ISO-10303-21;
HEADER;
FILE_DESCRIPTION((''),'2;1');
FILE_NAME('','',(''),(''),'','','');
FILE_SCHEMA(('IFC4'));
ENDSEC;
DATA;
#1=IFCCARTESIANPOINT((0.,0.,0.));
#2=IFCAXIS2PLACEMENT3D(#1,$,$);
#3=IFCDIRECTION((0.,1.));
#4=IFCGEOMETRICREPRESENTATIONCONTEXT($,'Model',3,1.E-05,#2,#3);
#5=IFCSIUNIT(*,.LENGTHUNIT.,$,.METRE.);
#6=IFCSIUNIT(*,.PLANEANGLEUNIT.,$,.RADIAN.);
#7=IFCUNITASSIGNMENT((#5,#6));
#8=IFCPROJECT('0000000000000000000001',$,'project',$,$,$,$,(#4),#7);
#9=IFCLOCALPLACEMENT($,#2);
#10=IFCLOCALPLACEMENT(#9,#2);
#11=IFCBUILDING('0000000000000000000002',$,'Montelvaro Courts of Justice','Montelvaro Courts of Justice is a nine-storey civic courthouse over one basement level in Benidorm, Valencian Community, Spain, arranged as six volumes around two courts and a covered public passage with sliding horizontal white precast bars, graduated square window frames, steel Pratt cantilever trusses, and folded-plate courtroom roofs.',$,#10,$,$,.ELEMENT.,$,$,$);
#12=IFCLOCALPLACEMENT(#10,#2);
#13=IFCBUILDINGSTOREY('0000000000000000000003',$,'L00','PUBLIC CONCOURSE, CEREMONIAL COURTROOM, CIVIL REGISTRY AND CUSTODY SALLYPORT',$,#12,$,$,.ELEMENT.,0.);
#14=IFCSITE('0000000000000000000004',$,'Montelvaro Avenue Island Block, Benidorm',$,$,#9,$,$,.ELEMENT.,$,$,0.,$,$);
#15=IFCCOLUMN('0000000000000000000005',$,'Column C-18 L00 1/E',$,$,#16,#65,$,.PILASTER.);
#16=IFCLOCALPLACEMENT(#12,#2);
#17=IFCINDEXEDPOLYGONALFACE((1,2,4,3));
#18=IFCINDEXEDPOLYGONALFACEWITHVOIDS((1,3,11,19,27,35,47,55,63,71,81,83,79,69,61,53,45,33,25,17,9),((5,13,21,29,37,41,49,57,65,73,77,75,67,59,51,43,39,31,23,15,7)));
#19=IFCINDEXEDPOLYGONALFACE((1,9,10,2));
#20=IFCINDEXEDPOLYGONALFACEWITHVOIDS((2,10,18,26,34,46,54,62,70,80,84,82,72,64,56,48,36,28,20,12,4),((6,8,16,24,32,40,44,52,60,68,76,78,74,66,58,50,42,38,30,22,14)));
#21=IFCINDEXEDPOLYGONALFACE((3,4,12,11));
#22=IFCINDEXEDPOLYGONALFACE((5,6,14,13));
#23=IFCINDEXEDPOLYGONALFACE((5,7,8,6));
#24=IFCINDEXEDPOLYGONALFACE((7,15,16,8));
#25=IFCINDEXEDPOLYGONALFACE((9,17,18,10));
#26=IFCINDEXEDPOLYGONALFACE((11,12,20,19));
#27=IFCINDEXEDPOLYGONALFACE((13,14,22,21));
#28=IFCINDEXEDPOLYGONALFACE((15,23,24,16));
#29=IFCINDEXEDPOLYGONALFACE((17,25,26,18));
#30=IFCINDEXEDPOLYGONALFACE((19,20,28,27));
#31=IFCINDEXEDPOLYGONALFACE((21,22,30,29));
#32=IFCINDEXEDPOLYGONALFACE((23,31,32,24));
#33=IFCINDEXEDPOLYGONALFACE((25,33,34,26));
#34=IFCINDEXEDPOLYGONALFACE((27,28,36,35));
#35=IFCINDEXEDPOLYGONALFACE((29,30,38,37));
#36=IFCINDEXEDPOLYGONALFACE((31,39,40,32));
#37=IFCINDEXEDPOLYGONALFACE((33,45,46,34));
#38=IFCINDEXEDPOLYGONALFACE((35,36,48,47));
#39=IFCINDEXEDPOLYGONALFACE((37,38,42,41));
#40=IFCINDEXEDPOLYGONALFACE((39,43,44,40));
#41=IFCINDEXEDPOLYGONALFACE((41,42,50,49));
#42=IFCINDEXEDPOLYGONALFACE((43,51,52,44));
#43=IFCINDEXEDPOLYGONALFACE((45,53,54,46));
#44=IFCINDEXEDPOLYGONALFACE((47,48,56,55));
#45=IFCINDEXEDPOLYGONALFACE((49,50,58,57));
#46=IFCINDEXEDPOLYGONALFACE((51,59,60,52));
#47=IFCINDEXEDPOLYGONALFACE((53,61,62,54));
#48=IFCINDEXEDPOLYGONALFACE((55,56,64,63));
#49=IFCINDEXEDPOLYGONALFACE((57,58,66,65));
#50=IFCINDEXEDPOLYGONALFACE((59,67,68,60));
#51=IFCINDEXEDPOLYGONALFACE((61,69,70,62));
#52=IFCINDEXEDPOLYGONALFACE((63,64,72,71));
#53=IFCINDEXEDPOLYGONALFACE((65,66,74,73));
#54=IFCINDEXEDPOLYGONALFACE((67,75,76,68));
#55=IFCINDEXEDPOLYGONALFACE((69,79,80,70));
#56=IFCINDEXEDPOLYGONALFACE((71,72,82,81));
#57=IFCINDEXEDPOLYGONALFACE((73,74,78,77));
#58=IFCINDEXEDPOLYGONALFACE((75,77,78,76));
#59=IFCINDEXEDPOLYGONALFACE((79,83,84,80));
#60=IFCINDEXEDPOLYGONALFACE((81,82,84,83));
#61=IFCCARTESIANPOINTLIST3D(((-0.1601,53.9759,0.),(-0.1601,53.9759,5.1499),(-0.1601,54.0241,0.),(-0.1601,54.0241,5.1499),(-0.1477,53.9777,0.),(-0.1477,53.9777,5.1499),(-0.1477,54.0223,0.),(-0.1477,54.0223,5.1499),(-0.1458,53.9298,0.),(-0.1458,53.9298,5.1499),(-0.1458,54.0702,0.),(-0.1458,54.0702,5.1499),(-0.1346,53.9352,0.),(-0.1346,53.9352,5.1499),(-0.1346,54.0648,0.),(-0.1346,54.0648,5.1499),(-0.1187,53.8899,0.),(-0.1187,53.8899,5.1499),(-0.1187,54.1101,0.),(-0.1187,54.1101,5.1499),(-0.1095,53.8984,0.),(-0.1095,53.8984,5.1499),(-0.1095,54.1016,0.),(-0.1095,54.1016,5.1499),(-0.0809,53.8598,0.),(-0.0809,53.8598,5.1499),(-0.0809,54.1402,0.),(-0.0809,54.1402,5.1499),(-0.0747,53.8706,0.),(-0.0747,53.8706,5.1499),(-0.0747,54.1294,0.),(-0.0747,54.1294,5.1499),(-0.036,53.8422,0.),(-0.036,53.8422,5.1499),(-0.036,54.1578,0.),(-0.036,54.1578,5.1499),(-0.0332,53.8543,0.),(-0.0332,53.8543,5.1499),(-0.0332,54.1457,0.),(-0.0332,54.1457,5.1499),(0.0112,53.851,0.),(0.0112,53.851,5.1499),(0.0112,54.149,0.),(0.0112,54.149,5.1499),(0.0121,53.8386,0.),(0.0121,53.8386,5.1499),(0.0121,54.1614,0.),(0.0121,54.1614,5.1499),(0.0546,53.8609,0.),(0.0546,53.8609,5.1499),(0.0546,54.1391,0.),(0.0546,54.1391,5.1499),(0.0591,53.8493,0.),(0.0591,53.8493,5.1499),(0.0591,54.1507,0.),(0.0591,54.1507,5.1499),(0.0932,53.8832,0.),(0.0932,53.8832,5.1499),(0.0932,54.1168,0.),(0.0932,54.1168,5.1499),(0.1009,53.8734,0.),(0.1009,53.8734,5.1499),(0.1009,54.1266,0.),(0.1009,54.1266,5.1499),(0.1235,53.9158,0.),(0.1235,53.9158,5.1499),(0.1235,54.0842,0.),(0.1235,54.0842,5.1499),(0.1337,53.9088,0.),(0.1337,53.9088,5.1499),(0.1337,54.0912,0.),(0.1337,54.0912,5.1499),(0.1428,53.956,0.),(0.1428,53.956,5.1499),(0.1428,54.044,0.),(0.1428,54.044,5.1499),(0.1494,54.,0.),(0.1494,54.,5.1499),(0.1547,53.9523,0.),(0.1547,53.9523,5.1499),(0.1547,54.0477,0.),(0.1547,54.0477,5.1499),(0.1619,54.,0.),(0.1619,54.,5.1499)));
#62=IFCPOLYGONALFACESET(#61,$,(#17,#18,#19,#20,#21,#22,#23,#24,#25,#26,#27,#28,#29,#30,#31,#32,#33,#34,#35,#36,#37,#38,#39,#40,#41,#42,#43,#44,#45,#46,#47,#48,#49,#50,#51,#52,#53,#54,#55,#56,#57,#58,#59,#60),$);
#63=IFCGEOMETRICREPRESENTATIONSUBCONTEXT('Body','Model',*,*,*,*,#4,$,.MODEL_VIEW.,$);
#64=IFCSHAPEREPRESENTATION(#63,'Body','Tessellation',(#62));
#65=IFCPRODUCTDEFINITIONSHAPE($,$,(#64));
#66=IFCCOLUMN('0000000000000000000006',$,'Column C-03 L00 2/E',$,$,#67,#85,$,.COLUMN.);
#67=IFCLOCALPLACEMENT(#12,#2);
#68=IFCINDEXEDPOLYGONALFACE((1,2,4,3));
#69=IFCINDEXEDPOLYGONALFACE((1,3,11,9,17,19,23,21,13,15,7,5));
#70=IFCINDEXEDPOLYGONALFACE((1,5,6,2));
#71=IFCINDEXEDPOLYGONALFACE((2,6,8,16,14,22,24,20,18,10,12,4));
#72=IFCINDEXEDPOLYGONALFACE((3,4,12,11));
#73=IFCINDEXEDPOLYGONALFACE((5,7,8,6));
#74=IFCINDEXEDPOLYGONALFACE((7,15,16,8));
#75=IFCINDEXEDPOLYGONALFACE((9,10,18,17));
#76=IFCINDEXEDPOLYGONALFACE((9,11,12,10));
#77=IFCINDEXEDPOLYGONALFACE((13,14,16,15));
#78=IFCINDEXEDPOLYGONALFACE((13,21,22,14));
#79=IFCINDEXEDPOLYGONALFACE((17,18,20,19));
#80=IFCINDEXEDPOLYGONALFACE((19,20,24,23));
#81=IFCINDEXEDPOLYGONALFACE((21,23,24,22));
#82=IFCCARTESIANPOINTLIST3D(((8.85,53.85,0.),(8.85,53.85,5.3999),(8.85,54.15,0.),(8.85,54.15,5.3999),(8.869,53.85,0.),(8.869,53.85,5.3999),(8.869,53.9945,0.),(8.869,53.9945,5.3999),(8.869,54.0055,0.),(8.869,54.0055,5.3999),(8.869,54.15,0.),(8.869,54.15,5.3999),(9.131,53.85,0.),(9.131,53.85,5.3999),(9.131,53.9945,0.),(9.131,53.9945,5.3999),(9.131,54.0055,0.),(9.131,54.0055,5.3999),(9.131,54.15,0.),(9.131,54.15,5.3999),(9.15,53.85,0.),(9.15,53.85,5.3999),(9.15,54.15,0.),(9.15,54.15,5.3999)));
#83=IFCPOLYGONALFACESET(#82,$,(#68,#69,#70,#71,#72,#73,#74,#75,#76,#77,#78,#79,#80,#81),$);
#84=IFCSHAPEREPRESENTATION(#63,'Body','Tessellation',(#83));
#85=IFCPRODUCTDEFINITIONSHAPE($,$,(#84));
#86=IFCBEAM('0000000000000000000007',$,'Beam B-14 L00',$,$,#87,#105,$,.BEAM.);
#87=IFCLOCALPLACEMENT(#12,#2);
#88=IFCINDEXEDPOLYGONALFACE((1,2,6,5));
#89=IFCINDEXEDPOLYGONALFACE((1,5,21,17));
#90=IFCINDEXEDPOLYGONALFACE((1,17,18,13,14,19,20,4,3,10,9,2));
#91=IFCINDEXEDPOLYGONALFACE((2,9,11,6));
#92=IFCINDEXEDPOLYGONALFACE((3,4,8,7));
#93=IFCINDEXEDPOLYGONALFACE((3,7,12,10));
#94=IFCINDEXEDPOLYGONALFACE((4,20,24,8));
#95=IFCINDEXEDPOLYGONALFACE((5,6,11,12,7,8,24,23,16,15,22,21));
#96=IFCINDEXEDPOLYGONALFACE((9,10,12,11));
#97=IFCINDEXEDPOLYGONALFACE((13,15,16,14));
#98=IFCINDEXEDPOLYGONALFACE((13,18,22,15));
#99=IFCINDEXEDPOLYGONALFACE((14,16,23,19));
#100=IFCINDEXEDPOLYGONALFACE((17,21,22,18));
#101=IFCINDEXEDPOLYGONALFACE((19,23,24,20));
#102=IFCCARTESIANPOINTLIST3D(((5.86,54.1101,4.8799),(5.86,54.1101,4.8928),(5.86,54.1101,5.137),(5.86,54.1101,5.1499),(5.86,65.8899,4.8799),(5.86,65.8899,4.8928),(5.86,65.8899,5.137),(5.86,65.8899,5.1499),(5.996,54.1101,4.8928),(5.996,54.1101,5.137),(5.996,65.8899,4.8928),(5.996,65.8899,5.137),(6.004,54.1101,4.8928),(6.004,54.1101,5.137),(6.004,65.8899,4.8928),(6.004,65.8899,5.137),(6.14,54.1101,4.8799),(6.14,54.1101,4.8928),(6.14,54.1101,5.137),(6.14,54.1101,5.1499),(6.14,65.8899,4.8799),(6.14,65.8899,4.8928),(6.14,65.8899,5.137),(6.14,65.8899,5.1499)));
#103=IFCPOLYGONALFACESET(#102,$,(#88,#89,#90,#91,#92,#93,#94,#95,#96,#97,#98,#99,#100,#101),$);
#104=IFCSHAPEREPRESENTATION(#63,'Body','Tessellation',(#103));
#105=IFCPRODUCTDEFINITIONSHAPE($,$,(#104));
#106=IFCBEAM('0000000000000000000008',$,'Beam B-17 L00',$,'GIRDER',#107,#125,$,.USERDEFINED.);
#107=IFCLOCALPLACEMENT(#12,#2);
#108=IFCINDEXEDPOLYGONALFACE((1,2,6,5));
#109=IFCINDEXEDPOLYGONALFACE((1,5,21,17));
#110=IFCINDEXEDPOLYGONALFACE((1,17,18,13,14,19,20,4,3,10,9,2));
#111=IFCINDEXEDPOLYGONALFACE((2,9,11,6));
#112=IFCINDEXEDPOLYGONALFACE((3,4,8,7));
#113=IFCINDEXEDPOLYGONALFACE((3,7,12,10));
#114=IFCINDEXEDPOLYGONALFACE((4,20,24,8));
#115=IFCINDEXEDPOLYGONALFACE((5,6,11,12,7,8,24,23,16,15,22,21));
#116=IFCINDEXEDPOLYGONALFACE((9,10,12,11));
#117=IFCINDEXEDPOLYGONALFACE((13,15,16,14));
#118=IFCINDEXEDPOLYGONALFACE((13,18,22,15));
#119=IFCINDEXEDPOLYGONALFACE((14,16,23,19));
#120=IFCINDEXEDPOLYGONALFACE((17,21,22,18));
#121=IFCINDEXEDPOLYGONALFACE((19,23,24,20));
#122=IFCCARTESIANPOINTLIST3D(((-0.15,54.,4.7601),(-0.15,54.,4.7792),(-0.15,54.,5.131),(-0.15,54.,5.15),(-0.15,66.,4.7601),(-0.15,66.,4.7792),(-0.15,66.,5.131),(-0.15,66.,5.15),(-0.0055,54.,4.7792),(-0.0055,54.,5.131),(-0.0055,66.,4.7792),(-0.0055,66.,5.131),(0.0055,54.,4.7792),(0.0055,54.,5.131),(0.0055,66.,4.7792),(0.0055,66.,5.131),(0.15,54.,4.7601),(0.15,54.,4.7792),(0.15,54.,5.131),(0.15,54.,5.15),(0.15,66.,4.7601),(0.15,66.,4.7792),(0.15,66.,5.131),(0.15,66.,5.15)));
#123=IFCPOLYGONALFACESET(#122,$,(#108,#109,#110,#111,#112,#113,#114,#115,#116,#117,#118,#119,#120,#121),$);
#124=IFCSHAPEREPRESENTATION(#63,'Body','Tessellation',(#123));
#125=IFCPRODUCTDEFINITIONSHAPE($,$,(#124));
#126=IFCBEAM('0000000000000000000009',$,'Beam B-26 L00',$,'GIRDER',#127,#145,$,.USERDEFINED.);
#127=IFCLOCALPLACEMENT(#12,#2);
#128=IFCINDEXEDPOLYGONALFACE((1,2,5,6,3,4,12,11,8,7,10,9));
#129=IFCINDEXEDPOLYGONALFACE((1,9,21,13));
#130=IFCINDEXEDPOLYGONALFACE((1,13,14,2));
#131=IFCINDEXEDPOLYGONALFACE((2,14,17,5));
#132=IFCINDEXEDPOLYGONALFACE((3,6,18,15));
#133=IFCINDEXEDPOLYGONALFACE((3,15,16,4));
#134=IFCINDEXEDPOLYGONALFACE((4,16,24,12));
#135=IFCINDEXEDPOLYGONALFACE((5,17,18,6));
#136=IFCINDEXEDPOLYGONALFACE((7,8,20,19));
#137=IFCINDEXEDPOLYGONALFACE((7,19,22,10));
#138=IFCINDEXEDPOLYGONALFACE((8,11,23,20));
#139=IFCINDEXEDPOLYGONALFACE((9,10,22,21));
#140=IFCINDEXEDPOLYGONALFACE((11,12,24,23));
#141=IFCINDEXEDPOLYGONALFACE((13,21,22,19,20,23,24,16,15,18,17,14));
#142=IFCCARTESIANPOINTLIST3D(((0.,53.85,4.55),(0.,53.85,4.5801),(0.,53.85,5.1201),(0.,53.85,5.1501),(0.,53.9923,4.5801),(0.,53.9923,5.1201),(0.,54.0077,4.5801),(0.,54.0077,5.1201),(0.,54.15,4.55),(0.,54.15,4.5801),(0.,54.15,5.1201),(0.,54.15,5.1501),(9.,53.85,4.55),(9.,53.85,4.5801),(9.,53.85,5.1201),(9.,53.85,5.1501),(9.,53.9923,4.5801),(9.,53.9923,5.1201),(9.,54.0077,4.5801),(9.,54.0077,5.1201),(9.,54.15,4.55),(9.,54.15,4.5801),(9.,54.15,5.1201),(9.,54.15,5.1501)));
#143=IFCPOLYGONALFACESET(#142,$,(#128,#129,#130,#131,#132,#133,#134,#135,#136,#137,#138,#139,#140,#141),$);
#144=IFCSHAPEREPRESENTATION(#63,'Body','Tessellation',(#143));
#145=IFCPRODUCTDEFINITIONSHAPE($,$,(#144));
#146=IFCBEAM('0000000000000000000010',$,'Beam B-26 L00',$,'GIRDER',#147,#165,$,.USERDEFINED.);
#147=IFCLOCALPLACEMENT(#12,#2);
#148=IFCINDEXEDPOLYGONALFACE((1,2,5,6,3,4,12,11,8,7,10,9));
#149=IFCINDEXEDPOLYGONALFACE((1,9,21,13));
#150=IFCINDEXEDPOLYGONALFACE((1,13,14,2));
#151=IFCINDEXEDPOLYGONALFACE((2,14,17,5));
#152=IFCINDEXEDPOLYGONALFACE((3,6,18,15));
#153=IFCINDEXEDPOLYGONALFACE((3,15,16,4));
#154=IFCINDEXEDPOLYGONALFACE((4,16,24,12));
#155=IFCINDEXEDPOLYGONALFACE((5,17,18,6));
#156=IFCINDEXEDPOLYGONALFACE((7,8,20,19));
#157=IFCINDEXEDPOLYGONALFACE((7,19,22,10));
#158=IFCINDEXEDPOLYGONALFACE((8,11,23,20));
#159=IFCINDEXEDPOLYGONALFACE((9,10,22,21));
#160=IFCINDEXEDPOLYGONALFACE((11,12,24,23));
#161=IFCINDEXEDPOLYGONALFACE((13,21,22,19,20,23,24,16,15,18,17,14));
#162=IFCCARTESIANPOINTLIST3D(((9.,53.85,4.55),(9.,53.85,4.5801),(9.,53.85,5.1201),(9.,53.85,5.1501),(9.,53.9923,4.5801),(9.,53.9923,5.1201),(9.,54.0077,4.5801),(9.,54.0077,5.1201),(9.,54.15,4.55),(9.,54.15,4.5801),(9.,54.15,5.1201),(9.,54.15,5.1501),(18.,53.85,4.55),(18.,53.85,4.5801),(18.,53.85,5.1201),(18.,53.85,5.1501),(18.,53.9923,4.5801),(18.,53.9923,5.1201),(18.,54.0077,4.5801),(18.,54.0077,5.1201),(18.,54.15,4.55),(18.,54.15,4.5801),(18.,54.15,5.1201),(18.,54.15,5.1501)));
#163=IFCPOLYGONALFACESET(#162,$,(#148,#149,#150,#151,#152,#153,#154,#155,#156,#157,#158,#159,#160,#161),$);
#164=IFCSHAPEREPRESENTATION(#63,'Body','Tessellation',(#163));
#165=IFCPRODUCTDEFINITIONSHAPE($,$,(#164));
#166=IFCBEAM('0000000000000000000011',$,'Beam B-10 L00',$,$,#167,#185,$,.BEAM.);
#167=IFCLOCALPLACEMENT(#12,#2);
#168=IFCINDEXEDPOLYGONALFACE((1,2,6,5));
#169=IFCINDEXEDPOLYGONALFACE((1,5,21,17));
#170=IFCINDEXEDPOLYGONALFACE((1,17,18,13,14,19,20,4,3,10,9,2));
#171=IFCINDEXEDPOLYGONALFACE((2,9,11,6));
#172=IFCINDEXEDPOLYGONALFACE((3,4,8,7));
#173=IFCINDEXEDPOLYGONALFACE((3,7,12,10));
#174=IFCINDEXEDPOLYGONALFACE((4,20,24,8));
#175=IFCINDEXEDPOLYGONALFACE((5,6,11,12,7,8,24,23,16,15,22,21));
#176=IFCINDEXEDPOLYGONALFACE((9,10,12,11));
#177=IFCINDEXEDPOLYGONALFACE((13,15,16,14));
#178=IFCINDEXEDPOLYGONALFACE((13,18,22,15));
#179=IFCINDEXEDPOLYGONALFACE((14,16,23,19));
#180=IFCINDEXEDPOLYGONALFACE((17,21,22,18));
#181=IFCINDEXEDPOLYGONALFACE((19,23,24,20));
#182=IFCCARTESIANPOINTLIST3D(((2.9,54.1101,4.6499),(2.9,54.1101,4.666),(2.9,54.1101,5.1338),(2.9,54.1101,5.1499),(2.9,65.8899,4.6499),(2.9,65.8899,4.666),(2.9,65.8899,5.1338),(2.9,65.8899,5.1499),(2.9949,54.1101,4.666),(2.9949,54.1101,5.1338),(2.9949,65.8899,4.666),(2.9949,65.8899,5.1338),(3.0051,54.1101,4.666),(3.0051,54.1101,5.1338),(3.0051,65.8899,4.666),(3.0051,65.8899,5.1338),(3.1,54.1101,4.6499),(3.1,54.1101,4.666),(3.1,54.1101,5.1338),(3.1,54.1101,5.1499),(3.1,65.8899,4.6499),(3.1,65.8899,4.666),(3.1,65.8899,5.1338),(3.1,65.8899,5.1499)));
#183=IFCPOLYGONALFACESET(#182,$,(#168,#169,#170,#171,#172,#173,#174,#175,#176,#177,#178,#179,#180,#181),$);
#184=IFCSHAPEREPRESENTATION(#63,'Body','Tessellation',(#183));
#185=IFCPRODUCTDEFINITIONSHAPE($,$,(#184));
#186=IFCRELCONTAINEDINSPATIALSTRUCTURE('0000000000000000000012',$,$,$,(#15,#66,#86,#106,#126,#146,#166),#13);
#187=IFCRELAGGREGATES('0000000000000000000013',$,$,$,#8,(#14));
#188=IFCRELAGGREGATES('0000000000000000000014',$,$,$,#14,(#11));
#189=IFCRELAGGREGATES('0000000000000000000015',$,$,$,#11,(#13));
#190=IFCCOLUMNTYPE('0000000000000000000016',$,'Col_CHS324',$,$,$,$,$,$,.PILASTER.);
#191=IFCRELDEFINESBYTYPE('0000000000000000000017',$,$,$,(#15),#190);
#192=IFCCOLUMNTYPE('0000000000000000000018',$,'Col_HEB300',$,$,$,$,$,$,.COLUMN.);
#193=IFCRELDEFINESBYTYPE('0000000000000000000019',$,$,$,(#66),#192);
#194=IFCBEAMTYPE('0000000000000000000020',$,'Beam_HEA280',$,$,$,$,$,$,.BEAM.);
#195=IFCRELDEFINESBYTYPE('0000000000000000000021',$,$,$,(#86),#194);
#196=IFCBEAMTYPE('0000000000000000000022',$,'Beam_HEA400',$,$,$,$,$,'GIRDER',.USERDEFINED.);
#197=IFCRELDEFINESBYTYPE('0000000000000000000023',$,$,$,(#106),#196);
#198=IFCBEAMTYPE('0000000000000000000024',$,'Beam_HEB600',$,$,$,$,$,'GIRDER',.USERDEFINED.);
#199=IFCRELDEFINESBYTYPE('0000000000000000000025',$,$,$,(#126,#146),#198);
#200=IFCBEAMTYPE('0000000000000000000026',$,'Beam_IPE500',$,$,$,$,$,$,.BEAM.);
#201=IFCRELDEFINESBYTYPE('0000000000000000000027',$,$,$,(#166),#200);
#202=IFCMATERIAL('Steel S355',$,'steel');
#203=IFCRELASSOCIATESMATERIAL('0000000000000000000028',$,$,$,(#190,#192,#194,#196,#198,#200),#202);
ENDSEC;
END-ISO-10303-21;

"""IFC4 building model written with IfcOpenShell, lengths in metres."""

from ifc_helpers import new_model, si_unit, direction, frame, origin, origin_2d, place, context, subcontext, project, spatial, hollow_circle, i_section, extrude, material, material_profile, profile_set, type_object, element, save


model = new_model("IFC4")

# Units and contexts
model_context = context("Model", 3, precision=1e-05, world=origin(), true_north=direction((0.0, 1.0)))
body_context = subcontext(model_context, "Body", "Model", "MODEL_VIEW")
ifc_project = project(units=[si_unit("LENGTHUNIT", "METRE"), si_unit("PLANEANGLEUNIT", "RADIAN")], contexts=[model_context])

# Site, building, storey
site_placement = place(None, origin())
site = spatial("IfcSite", under=ifc_project, at=site_placement, Name="Montelvaro Avenue Island Block, Benidorm", CompositionType="ELEMENT", RefElevation=0.0)
building_placement = place(site_placement, origin())
building = spatial("IfcBuilding", under=site, at=building_placement, Name="Montelvaro Courts of Justice", Description="Montelvaro Courts of Justice is a nine-storey civic courthouse over one basement level in Benidorm, Valencian Community, Spain, arranged as six volumes around two courts and a covered public passage with sliding horizontal white precast bars, graduated square window frames, steel Pratt cantilever trusses, and folded-plate courtroom roofs.", CompositionType="ELEMENT")
storey_placement = place(building_placement, origin())
storey = spatial("IfcBuildingStorey", under=building, at=storey_placement, Name="L00", Description="PUBLIC CONCOURSE, CEREMONIAL COURTROOM, CIVIL REGISTRY AND CUSTODY SALLYPORT", CompositionType="ELEMENT", Elevation=0.0)

# Columns
ifc_material_1 = material(Name="Steel S355", Category="steel")
ifc_material_profile_1 = material_profile(ifc_material_1, hollow_circle(Radius=0.1619, WallThickness=0.0125, at=origin_2d()), Name="CHS 323.9x12.5")
ifc_profile_set_1 = profile_set([ifc_material_profile_1], Name="Steel S355")
column_type_1 = type_object("IfcColumnType", Name="Col_CHS324", PredefinedType="PILASTER", material=ifc_profile_set_1)
column_1_placement = place(storey_placement, frame((0.0, 54.0, 0.0), z_axis=(0.0, 0.0, 1.0), x_axis=(1.0, 0.0, 0.0)))
element("IfcColumn", 1, at=column_1_placement, inside=storey, type_object=column_type_1, Name="Column C-18 L00 1/E", PredefinedType="PILASTER", context=body_context, shape_type="SweptSolid", body=[
    extrude(hollow_circle(Radius=0.1619, WallThickness=0.0125, at=origin_2d()), origin(), (0.0, 0.0, 1.0), 5.1499),
])
ifc_material_profile_2 = material_profile(ifc_material_1, i_section(OverallWidth=0.3, OverallDepth=0.3, WebThickness=0.011, FlangeThickness=0.019, at=origin_2d()), Name="HEB 300")
ifc_profile_set_2 = profile_set([ifc_material_profile_2], Name="Steel S355")
column_type_2 = type_object("IfcColumnType", Name="Col_HEB300", PredefinedType="COLUMN", material=ifc_profile_set_2)
column_2_placement = place(storey_placement, frame((9.0, 54.0, 0.0), z_axis=(0.0, 0.0, 1.0), x_axis=(0.0, 1.0, 0.0)))
element("IfcColumn", 2, at=column_2_placement, inside=storey, type_object=column_type_2, Name="Column C-03 L00 2/E", PredefinedType="COLUMN", context=body_context, shape_type="SweptSolid", body=[
    extrude(i_section(OverallWidth=0.3, OverallDepth=0.3, WebThickness=0.011, FlangeThickness=0.019, at=origin_2d()), origin(), (0.0, 0.0, 1.0), 5.3999),
])

# Beams
ifc_material_profile_3 = material_profile(ifc_material_1, i_section(OverallWidth=0.28, OverallDepth=0.27, WebThickness=0.0081, FlangeThickness=0.0129, at=origin_2d()), Name="HEA 280")
ifc_profile_set_3 = profile_set([ifc_material_profile_3], Name="Steel S355")
beam_type_1 = type_object("IfcBeamType", Name="Beam_HEA280", PredefinedType="BEAM", material=ifc_profile_set_3)
beam_1_placement = place(storey_placement, frame((6.0, 54.1101, 5.0149), z_axis=(0.0, 1.0, 0.0), x_axis=(-1.0, 0.0, 0.0)))
element("IfcBeam", 3, at=beam_1_placement, inside=storey, type_object=beam_type_1, Name="Beam B-14 L00", PredefinedType="BEAM", context=body_context, shape_type="SweptSolid", body=[
    extrude(i_section(OverallWidth=0.28, OverallDepth=0.27, WebThickness=0.0081, FlangeThickness=0.0129, at=origin_2d()), origin(), (0.0, 0.0, 1.0), 11.7798),
])
ifc_material_profile_4 = material_profile(ifc_material_1, i_section(OverallWidth=0.3, OverallDepth=0.3899, WebThickness=0.011, FlangeThickness=0.019, at=origin_2d()), Name="HEA 400")
ifc_profile_set_4 = profile_set([ifc_material_profile_4], Name="Steel S355")
beam_type_2 = type_object("IfcBeamType", Name="Beam_HEA400", ElementType="GIRDER", PredefinedType="USERDEFINED", material=ifc_profile_set_4)
beam_2_placement = place(storey_placement, frame((0.0, 54.0, 4.9551), z_axis=(0.0, 1.0, 0.0), x_axis=(-1.0, 0.0, 0.0)))
element("IfcBeam", 4, at=beam_2_placement, inside=storey, type_object=beam_type_2, Name="Beam B-17 L00", ObjectType="GIRDER", PredefinedType="USERDEFINED", context=body_context, shape_type="SweptSolid", body=[
    extrude(i_section(OverallWidth=0.3, OverallDepth=0.3899, WebThickness=0.011, FlangeThickness=0.019, at=origin_2d()), origin(), (0.0, 0.0, 1.0), 12.0),
])
ifc_material_profile_5 = material_profile(ifc_material_1, i_section(OverallWidth=0.3, OverallDepth=0.6001, WebThickness=0.0154, FlangeThickness=0.03, at=origin_2d()), Name="HEB 600")
ifc_profile_set_5 = profile_set([ifc_material_profile_5], Name="Steel S355")
beam_type_3 = type_object("IfcBeamType", Name="Beam_HEB600", ElementType="GIRDER", PredefinedType="USERDEFINED", material=ifc_profile_set_5)
for number, where, z_axis, x_axis, name in (
    (5, (0.0, 54.0, 4.8501), (1.0, 0.0, 0.0), (0.0, 1.0, 0.0), "Beam B-26 L00"),
    (6, (9.0, 54.0, 4.8501), (1.0, 0.0, 0.0), (0.0, 1.0, 0.0), "Beam B-26 L00"),
):
    element("IfcBeam", number, at=place(storey_placement, frame(where, z_axis=z_axis, x_axis=x_axis)), inside=storey, type_object=beam_type_3, Name=name, ObjectType="GIRDER", PredefinedType="USERDEFINED", context=body_context, shape_type="SweptSolid", body=[
        extrude(i_section(OverallWidth=0.3, OverallDepth=0.6001, WebThickness=0.0154, FlangeThickness=0.03, at=origin_2d()), origin(), (0.0, 0.0, 1.0), 9.0),
    ])
ifc_material_profile_6 = material_profile(ifc_material_1, i_section(OverallWidth=0.2, OverallDepth=0.5, WebThickness=0.0103, FlangeThickness=0.0161, at=origin_2d()), Name="IPE 500")
ifc_profile_set_6 = profile_set([ifc_material_profile_6], Name="Steel S355")
beam_type_4 = type_object("IfcBeamType", Name="Beam_IPE500", PredefinedType="BEAM", material=ifc_profile_set_6)
beam_3_placement = place(storey_placement, frame((3.0, 54.1101, 4.8999), z_axis=(0.0, 1.0, 0.0), x_axis=(-1.0, 0.0, 0.0)))
element("IfcBeam", 7, at=beam_3_placement, inside=storey, type_object=beam_type_4, Name="Beam B-10 L00", PredefinedType="BEAM", context=body_context, shape_type="SweptSolid", body=[
    extrude(i_section(OverallWidth=0.2, OverallDepth=0.5, WebThickness=0.0103, FlangeThickness=0.0161, at=origin_2d()), origin(), (0.0, 0.0, 1.0), 11.7798),
])

save(model, "model.ifc")
